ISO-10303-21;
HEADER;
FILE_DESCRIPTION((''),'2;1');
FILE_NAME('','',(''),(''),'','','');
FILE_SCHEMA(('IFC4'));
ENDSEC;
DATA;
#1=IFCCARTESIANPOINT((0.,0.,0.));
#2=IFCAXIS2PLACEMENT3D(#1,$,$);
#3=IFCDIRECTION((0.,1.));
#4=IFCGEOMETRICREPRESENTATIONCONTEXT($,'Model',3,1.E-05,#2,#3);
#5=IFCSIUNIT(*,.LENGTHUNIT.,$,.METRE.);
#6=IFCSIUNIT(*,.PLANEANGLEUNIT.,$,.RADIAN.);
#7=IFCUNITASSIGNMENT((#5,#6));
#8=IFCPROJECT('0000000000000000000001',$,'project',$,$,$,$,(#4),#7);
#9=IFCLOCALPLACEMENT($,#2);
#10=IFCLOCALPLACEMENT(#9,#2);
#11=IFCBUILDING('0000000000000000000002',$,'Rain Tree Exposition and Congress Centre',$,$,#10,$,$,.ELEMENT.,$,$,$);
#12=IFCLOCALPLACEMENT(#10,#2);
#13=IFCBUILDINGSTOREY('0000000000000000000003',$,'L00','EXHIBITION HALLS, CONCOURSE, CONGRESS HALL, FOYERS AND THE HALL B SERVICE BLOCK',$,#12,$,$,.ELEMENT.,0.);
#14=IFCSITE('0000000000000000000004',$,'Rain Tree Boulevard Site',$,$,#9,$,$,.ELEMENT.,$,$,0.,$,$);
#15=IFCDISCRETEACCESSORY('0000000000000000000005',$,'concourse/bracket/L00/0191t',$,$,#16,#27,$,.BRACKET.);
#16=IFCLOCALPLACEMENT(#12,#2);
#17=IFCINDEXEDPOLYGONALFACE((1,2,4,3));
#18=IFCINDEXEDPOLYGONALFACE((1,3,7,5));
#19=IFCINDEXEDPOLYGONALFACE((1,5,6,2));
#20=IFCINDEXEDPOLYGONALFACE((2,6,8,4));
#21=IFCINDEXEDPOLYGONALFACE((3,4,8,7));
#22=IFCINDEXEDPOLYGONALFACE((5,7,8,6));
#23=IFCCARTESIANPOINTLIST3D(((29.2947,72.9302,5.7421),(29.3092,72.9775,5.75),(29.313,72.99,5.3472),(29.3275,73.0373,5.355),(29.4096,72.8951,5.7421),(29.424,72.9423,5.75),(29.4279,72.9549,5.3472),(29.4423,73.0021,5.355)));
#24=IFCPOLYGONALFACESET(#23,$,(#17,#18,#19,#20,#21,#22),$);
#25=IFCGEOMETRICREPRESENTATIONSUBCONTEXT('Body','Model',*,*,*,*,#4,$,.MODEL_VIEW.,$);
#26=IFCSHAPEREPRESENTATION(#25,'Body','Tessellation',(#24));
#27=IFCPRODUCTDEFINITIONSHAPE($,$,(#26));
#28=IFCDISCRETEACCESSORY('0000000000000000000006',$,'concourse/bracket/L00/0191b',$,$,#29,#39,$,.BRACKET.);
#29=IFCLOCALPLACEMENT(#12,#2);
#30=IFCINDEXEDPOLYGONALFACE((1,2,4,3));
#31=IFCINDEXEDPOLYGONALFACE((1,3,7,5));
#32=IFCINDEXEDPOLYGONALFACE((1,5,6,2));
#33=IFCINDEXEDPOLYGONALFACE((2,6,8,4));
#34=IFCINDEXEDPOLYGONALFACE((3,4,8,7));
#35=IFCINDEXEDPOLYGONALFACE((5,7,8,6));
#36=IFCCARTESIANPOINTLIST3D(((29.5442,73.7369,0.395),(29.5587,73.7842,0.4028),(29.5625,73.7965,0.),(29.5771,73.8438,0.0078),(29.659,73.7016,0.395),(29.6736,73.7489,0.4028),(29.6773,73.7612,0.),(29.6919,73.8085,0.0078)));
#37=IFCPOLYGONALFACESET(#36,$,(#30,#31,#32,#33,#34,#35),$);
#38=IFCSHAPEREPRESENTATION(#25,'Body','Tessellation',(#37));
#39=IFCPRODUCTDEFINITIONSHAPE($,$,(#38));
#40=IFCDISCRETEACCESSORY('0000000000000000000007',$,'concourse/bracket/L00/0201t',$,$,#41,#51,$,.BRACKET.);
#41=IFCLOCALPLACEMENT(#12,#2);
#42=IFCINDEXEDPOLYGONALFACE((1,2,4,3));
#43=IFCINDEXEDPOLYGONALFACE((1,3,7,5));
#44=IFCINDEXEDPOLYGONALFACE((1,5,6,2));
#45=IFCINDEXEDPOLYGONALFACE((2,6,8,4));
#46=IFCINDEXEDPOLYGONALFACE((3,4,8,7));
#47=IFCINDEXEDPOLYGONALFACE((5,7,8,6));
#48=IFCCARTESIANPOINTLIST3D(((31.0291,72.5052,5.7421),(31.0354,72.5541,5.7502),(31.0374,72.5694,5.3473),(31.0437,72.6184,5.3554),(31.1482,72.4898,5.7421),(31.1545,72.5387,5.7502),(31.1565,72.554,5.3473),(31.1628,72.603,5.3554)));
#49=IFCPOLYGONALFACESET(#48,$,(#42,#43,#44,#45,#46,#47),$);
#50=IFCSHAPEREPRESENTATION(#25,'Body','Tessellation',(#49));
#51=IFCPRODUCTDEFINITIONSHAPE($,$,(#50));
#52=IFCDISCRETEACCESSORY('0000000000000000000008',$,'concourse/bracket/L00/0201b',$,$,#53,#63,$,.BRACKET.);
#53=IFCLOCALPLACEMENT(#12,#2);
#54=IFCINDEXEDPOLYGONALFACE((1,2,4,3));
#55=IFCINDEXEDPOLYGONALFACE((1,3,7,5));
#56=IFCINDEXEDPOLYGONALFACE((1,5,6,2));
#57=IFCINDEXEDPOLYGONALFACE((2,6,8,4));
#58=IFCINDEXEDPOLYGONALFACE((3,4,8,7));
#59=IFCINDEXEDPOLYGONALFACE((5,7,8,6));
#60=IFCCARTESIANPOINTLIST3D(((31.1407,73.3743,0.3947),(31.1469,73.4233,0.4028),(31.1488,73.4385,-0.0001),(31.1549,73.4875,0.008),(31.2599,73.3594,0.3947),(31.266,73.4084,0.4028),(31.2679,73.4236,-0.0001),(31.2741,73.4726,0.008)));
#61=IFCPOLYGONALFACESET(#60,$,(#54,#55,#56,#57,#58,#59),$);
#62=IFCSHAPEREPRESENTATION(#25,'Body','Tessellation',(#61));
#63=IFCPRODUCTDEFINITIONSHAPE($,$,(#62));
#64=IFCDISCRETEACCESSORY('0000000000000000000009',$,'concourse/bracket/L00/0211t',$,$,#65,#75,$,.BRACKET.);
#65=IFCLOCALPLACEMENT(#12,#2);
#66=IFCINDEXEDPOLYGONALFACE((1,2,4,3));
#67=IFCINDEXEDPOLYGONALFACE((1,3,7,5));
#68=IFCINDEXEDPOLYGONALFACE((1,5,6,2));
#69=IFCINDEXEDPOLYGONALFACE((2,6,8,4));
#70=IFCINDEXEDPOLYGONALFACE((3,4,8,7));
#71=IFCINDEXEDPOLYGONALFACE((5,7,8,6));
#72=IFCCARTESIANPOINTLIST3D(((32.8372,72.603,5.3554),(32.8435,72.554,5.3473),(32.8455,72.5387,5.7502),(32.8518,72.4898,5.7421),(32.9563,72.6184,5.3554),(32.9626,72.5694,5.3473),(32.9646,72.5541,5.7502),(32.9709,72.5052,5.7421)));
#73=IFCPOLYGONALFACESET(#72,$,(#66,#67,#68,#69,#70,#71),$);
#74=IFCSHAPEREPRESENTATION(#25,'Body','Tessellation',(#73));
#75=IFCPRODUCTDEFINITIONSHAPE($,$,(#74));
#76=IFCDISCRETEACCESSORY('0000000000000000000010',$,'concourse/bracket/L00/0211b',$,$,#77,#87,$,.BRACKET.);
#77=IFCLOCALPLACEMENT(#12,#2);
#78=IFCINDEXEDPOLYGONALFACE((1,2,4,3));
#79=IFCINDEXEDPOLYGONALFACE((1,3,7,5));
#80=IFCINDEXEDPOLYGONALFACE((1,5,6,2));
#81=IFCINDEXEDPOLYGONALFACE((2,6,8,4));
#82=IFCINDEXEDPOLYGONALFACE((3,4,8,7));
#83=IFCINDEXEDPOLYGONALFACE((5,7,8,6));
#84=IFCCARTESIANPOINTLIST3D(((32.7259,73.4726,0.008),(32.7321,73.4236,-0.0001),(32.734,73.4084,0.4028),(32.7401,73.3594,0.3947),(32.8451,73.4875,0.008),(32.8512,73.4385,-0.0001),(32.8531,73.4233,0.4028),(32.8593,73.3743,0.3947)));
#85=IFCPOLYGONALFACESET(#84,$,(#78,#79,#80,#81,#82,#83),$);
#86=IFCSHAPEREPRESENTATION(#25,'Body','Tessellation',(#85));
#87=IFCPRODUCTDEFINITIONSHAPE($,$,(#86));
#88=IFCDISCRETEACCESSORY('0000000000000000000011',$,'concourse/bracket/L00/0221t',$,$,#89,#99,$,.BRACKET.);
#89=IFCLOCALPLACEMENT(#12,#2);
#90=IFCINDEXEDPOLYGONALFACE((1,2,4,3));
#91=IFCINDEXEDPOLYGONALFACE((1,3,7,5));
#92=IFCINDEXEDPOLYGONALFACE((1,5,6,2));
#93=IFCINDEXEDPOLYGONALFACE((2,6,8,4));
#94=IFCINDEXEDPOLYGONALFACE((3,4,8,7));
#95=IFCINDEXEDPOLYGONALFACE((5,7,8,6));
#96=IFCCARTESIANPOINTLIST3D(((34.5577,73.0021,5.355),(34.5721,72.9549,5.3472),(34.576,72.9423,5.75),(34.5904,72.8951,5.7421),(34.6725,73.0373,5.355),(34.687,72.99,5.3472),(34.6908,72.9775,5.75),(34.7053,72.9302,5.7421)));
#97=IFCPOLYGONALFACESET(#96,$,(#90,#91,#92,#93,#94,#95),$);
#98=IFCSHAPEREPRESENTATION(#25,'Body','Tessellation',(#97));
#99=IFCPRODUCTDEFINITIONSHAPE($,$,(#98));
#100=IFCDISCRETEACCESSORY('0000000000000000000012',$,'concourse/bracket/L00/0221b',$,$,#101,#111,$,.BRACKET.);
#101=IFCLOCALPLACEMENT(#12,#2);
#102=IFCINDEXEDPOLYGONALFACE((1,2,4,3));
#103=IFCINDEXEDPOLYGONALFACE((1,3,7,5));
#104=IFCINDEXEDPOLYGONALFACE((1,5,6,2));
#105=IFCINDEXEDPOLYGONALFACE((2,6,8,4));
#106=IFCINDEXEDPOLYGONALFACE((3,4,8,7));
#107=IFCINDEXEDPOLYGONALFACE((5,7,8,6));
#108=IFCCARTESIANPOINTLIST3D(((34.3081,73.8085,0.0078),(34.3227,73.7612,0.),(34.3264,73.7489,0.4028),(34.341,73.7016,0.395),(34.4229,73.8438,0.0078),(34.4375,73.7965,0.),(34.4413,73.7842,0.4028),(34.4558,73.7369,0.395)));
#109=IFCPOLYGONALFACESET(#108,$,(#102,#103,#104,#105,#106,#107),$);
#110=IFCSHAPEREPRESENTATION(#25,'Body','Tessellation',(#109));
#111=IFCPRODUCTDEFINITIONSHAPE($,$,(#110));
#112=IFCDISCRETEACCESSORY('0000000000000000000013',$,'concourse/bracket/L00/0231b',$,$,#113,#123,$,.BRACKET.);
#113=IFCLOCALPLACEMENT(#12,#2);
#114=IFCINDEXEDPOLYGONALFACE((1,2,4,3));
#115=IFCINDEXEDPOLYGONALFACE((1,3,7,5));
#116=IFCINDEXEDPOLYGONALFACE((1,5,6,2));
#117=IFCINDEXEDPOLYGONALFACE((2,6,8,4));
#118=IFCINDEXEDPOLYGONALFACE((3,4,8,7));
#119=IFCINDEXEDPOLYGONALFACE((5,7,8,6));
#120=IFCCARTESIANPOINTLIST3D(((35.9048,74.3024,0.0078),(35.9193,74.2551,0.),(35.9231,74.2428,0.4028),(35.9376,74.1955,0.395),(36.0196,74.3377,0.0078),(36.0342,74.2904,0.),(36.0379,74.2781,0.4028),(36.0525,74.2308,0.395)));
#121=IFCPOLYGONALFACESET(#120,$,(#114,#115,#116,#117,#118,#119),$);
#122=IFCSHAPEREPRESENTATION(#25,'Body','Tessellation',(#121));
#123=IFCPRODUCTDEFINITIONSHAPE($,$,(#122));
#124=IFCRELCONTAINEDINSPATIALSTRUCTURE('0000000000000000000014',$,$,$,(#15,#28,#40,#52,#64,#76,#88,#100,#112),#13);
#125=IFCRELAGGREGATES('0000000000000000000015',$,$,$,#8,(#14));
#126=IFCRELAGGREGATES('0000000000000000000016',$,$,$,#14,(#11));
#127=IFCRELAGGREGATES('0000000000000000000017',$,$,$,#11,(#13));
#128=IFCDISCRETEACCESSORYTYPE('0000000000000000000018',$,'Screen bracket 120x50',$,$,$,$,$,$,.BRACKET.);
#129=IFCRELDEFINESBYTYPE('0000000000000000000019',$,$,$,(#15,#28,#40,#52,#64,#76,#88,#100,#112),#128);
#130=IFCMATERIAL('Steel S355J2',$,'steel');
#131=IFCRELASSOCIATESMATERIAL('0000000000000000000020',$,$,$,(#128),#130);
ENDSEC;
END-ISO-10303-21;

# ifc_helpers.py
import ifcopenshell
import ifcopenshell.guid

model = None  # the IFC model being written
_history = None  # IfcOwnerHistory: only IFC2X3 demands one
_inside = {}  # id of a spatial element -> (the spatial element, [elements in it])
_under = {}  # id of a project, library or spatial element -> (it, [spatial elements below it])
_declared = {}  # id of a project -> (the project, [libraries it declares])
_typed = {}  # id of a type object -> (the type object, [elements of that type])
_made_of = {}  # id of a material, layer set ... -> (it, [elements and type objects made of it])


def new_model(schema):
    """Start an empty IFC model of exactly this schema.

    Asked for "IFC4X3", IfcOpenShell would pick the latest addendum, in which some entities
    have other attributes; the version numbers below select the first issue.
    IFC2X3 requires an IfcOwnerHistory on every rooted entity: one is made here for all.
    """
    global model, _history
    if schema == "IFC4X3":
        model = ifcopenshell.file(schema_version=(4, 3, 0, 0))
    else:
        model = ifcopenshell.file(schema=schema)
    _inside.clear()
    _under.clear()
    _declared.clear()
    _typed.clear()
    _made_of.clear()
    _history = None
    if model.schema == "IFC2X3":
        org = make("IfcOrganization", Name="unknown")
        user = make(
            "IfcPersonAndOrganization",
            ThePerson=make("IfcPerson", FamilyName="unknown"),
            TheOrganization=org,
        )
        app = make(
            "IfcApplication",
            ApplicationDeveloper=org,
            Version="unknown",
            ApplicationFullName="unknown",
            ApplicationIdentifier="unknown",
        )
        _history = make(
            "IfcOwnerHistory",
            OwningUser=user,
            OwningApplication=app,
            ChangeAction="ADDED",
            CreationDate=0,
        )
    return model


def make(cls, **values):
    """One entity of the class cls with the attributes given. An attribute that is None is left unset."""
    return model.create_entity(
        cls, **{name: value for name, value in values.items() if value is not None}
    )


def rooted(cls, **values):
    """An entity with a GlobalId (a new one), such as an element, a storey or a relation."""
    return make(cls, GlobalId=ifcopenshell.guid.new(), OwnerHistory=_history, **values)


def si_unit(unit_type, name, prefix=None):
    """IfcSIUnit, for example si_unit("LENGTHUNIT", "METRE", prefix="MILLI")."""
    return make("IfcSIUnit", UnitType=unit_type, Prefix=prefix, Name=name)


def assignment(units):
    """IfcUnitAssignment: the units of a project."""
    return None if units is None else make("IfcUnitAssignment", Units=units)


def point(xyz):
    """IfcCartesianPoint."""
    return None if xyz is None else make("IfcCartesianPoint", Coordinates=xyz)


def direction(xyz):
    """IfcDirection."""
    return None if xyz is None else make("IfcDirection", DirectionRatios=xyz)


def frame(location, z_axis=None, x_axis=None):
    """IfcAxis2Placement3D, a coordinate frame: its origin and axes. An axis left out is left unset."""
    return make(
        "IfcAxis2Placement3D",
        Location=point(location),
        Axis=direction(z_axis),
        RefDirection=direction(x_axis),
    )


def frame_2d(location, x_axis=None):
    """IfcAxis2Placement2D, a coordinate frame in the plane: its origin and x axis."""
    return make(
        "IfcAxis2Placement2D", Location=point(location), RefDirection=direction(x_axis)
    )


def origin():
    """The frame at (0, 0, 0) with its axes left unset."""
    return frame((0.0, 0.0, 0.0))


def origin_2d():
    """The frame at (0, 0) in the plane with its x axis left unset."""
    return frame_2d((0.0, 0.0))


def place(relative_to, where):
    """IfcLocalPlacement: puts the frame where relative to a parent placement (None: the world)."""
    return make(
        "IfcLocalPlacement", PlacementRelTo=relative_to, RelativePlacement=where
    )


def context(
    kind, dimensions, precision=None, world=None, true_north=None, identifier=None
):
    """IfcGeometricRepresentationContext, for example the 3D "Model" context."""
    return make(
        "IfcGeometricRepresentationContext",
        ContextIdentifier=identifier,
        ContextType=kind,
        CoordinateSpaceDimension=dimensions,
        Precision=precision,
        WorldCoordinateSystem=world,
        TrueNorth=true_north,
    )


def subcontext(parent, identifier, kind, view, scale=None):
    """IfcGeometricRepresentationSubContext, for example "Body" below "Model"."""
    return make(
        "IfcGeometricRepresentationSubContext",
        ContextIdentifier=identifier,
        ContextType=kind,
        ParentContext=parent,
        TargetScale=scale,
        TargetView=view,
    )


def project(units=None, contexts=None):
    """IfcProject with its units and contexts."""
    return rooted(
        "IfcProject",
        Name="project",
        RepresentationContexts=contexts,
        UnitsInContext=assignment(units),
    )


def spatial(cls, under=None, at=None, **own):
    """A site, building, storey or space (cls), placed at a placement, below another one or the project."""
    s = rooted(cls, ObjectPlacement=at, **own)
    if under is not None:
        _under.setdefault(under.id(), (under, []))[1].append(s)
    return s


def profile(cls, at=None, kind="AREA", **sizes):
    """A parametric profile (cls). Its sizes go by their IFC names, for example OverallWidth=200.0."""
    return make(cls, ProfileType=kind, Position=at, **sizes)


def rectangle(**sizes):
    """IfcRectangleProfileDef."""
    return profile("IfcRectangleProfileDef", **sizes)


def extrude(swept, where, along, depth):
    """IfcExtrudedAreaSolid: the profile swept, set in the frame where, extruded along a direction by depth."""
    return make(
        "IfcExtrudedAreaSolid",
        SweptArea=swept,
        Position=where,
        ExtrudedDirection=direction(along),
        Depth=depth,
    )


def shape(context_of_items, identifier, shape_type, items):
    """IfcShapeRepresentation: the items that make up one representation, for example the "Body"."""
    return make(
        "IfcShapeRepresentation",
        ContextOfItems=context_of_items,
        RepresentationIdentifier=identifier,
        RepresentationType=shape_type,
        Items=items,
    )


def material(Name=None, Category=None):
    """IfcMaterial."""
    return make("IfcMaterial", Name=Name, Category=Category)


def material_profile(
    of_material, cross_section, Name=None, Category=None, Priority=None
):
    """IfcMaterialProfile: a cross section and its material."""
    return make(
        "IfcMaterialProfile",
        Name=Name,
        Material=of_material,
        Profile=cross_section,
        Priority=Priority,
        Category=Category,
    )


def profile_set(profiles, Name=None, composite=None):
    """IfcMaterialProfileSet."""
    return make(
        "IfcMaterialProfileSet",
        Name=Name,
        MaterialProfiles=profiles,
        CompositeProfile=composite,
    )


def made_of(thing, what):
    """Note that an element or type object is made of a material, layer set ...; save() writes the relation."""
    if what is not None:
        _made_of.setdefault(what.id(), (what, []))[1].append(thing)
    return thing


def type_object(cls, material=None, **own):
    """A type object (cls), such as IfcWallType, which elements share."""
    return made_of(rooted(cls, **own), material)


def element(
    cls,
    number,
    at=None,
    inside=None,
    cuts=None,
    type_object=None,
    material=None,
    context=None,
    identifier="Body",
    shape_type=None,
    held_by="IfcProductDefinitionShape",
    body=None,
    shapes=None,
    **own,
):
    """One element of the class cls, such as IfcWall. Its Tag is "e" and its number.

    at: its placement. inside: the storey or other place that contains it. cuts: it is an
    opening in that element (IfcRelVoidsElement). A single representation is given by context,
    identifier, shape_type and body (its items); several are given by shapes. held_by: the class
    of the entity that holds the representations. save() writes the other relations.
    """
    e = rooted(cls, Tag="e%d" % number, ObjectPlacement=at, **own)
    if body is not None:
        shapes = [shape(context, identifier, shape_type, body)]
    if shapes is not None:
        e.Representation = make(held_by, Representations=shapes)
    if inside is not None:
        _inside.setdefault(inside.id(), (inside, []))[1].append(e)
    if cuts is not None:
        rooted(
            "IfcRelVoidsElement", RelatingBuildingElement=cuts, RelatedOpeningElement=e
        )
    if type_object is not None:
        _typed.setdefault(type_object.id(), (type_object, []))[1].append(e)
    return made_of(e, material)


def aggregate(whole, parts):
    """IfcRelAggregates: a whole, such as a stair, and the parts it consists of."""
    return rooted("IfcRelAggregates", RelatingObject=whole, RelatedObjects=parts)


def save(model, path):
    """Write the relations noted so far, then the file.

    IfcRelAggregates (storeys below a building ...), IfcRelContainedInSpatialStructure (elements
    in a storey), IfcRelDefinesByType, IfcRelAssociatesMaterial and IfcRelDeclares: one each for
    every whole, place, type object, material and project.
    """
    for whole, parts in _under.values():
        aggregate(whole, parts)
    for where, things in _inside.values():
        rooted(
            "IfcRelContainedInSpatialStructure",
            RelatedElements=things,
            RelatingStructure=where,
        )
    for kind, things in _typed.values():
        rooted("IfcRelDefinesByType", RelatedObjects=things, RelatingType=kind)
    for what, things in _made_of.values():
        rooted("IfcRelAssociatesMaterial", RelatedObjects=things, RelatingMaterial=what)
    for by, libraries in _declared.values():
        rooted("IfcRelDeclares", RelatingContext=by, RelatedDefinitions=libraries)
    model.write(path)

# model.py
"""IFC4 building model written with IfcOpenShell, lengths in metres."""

from ifc_helpers import new_model, si_unit, direction, frame, origin, origin_2d, place, context, subcontext, project, spatial, rectangle, extrude, material, material_profile, profile_set, type_object, element, save


model = new_model("IFC4")

# Units and contexts
model_context = context("Model", 3, precision=1e-05, world=origin(), true_north=direction((0.0, 1.0)))
body_context = subcontext(model_context, "Body", "Model", "MODEL_VIEW")
ifc_project = project(units=[si_unit("LENGTHUNIT", "METRE"), si_unit("PLANEANGLEUNIT", "RADIAN")], contexts=[model_context])

# Site, building, storey
site_placement = place(None, origin())
site = spatial("IfcSite", under=ifc_project, at=site_placement, Name="Rain Tree Boulevard Site", CompositionType="ELEMENT", RefElevation=0.0)
building_placement = place(site_placement, origin())
building = spatial("IfcBuilding", under=site, at=building_placement, Name="Rain Tree Exposition and Congress Centre", CompositionType="ELEMENT")
storey_placement = place(building_placement, origin())
storey = spatial("IfcBuildingStorey", under=building, at=storey_placement, Name="L00", Description="EXHIBITION HALLS, CONCOURSE, CONGRESS HALL, FOYERS AND THE HALL B SERVICE BLOCK", CompositionType="ELEMENT", Elevation=0.0)

# Discrete accessories
ifc_material_1 = material(Name="Steel S355J2", Category="steel")
ifc_material_profile_1 = material_profile(ifc_material_1, rectangle(XDim=0.1201, YDim=0.05, at=origin_2d()), Name="Flat bar 120x50")
ifc_profile_set_1 = profile_set([ifc_material_profile_1], Name="Steel S355J2")
discrete_accessory_type = type_object("IfcDiscreteAccessoryType", Name="Screen bracket 120x50", PredefinedType="BRACKET", material=ifc_profile_set_1)
for number, where, z_axis, x_axis, name in (
    (1, (29.3777, 72.9961, 5.3511), (-0.045783, -0.149558, 0.987692), (0.9562, -0.292714, 0.0), "concourse/bracket/L00/0191t"),
    (2, (29.6272, 73.8025, 0.0039), (-0.045787, -0.148961, 0.987782), (0.955864, -0.293811, 0.0), "concourse/bracket/L00/0191b"),
):
    element("IfcDiscreteAccessory", number, at=place(storey_placement, frame(where, z_axis=z_axis, x_axis=x_axis)), inside=storey, type_object=discrete_accessory_type, Name=name, PredefinedType="BRACKET", context=body_context, shape_type="SweptSolid", body=[
        extrude(rectangle(XDim=0.1201, YDim=0.05, at=origin_2d()), origin(), (0.0, 0.0, 1.0), 0.3999),
    ])
for number, where, z_axis, x_axis, name in (
    (3, (31.1001, 72.5862, 5.3513), (-0.020749, -0.160503, 0.986817), (0.991747, -0.128211, 0.0), "concourse/bracket/L00/0201t"),
    (4, (31.2114, 73.4556, 0.0039), (-0.020139, -0.160505, 0.98683), (0.99222, -0.124499, 0.0), "concourse/bracket/L00/0201b"),
    (5, (32.8999, 72.5862, 5.3513), (0.020749, -0.160503, 0.986817), (0.991747, 0.128211, 0.0), "concourse/bracket/L00/0211t"),
    (6, (32.7886, 73.4556, 0.0039), (0.020139, -0.160505, 0.98683), (0.99222, 0.124499, 0.0), "concourse/bracket/L00/0211b"),
):
    element("IfcDiscreteAccessory", number, at=place(storey_placement, frame(where, z_axis=z_axis, x_axis=x_axis)), inside=storey, type_object=discrete_accessory_type, Name=name, PredefinedType="BRACKET", context=body_context, shape_type="SweptSolid", body=[
        extrude(rectangle(XDim=0.1201, YDim=0.05, at=origin_2d()), origin(), (0.0, 0.0, 1.0), 0.4001),
    ])
for number, where, z_axis, x_axis, name in (
    (7, (34.6223, 72.9961, 5.3511), (0.045783, -0.149558, 0.987692), (0.9562, 0.292714, 0.0), "concourse/bracket/L00/0221t"),
    (8, (34.3728, 73.8025, 0.0039), (0.045787, -0.148961, 0.987782), (0.955864, 0.293811, 0.0), "concourse/bracket/L00/0221b"),
    (9, (35.9695, 74.2964, 0.0039), (0.045787, -0.148961, 0.987782), (0.955864, 0.293811, 0.0), "concourse/bracket/L00/0231b"),
):
    element("IfcDiscreteAccessory", number, at=place(storey_placement, frame(where, z_axis=z_axis, x_axis=x_axis)), inside=storey, type_object=discrete_accessory_type, Name=name, PredefinedType="BRACKET", context=body_context, shape_type="SweptSolid", body=[
        extrude(rectangle(XDim=0.1201, YDim=0.05, at=origin_2d()), origin(), (0.0, 0.0, 1.0), 0.3999),
    ])

save(model, "model.ifc")
